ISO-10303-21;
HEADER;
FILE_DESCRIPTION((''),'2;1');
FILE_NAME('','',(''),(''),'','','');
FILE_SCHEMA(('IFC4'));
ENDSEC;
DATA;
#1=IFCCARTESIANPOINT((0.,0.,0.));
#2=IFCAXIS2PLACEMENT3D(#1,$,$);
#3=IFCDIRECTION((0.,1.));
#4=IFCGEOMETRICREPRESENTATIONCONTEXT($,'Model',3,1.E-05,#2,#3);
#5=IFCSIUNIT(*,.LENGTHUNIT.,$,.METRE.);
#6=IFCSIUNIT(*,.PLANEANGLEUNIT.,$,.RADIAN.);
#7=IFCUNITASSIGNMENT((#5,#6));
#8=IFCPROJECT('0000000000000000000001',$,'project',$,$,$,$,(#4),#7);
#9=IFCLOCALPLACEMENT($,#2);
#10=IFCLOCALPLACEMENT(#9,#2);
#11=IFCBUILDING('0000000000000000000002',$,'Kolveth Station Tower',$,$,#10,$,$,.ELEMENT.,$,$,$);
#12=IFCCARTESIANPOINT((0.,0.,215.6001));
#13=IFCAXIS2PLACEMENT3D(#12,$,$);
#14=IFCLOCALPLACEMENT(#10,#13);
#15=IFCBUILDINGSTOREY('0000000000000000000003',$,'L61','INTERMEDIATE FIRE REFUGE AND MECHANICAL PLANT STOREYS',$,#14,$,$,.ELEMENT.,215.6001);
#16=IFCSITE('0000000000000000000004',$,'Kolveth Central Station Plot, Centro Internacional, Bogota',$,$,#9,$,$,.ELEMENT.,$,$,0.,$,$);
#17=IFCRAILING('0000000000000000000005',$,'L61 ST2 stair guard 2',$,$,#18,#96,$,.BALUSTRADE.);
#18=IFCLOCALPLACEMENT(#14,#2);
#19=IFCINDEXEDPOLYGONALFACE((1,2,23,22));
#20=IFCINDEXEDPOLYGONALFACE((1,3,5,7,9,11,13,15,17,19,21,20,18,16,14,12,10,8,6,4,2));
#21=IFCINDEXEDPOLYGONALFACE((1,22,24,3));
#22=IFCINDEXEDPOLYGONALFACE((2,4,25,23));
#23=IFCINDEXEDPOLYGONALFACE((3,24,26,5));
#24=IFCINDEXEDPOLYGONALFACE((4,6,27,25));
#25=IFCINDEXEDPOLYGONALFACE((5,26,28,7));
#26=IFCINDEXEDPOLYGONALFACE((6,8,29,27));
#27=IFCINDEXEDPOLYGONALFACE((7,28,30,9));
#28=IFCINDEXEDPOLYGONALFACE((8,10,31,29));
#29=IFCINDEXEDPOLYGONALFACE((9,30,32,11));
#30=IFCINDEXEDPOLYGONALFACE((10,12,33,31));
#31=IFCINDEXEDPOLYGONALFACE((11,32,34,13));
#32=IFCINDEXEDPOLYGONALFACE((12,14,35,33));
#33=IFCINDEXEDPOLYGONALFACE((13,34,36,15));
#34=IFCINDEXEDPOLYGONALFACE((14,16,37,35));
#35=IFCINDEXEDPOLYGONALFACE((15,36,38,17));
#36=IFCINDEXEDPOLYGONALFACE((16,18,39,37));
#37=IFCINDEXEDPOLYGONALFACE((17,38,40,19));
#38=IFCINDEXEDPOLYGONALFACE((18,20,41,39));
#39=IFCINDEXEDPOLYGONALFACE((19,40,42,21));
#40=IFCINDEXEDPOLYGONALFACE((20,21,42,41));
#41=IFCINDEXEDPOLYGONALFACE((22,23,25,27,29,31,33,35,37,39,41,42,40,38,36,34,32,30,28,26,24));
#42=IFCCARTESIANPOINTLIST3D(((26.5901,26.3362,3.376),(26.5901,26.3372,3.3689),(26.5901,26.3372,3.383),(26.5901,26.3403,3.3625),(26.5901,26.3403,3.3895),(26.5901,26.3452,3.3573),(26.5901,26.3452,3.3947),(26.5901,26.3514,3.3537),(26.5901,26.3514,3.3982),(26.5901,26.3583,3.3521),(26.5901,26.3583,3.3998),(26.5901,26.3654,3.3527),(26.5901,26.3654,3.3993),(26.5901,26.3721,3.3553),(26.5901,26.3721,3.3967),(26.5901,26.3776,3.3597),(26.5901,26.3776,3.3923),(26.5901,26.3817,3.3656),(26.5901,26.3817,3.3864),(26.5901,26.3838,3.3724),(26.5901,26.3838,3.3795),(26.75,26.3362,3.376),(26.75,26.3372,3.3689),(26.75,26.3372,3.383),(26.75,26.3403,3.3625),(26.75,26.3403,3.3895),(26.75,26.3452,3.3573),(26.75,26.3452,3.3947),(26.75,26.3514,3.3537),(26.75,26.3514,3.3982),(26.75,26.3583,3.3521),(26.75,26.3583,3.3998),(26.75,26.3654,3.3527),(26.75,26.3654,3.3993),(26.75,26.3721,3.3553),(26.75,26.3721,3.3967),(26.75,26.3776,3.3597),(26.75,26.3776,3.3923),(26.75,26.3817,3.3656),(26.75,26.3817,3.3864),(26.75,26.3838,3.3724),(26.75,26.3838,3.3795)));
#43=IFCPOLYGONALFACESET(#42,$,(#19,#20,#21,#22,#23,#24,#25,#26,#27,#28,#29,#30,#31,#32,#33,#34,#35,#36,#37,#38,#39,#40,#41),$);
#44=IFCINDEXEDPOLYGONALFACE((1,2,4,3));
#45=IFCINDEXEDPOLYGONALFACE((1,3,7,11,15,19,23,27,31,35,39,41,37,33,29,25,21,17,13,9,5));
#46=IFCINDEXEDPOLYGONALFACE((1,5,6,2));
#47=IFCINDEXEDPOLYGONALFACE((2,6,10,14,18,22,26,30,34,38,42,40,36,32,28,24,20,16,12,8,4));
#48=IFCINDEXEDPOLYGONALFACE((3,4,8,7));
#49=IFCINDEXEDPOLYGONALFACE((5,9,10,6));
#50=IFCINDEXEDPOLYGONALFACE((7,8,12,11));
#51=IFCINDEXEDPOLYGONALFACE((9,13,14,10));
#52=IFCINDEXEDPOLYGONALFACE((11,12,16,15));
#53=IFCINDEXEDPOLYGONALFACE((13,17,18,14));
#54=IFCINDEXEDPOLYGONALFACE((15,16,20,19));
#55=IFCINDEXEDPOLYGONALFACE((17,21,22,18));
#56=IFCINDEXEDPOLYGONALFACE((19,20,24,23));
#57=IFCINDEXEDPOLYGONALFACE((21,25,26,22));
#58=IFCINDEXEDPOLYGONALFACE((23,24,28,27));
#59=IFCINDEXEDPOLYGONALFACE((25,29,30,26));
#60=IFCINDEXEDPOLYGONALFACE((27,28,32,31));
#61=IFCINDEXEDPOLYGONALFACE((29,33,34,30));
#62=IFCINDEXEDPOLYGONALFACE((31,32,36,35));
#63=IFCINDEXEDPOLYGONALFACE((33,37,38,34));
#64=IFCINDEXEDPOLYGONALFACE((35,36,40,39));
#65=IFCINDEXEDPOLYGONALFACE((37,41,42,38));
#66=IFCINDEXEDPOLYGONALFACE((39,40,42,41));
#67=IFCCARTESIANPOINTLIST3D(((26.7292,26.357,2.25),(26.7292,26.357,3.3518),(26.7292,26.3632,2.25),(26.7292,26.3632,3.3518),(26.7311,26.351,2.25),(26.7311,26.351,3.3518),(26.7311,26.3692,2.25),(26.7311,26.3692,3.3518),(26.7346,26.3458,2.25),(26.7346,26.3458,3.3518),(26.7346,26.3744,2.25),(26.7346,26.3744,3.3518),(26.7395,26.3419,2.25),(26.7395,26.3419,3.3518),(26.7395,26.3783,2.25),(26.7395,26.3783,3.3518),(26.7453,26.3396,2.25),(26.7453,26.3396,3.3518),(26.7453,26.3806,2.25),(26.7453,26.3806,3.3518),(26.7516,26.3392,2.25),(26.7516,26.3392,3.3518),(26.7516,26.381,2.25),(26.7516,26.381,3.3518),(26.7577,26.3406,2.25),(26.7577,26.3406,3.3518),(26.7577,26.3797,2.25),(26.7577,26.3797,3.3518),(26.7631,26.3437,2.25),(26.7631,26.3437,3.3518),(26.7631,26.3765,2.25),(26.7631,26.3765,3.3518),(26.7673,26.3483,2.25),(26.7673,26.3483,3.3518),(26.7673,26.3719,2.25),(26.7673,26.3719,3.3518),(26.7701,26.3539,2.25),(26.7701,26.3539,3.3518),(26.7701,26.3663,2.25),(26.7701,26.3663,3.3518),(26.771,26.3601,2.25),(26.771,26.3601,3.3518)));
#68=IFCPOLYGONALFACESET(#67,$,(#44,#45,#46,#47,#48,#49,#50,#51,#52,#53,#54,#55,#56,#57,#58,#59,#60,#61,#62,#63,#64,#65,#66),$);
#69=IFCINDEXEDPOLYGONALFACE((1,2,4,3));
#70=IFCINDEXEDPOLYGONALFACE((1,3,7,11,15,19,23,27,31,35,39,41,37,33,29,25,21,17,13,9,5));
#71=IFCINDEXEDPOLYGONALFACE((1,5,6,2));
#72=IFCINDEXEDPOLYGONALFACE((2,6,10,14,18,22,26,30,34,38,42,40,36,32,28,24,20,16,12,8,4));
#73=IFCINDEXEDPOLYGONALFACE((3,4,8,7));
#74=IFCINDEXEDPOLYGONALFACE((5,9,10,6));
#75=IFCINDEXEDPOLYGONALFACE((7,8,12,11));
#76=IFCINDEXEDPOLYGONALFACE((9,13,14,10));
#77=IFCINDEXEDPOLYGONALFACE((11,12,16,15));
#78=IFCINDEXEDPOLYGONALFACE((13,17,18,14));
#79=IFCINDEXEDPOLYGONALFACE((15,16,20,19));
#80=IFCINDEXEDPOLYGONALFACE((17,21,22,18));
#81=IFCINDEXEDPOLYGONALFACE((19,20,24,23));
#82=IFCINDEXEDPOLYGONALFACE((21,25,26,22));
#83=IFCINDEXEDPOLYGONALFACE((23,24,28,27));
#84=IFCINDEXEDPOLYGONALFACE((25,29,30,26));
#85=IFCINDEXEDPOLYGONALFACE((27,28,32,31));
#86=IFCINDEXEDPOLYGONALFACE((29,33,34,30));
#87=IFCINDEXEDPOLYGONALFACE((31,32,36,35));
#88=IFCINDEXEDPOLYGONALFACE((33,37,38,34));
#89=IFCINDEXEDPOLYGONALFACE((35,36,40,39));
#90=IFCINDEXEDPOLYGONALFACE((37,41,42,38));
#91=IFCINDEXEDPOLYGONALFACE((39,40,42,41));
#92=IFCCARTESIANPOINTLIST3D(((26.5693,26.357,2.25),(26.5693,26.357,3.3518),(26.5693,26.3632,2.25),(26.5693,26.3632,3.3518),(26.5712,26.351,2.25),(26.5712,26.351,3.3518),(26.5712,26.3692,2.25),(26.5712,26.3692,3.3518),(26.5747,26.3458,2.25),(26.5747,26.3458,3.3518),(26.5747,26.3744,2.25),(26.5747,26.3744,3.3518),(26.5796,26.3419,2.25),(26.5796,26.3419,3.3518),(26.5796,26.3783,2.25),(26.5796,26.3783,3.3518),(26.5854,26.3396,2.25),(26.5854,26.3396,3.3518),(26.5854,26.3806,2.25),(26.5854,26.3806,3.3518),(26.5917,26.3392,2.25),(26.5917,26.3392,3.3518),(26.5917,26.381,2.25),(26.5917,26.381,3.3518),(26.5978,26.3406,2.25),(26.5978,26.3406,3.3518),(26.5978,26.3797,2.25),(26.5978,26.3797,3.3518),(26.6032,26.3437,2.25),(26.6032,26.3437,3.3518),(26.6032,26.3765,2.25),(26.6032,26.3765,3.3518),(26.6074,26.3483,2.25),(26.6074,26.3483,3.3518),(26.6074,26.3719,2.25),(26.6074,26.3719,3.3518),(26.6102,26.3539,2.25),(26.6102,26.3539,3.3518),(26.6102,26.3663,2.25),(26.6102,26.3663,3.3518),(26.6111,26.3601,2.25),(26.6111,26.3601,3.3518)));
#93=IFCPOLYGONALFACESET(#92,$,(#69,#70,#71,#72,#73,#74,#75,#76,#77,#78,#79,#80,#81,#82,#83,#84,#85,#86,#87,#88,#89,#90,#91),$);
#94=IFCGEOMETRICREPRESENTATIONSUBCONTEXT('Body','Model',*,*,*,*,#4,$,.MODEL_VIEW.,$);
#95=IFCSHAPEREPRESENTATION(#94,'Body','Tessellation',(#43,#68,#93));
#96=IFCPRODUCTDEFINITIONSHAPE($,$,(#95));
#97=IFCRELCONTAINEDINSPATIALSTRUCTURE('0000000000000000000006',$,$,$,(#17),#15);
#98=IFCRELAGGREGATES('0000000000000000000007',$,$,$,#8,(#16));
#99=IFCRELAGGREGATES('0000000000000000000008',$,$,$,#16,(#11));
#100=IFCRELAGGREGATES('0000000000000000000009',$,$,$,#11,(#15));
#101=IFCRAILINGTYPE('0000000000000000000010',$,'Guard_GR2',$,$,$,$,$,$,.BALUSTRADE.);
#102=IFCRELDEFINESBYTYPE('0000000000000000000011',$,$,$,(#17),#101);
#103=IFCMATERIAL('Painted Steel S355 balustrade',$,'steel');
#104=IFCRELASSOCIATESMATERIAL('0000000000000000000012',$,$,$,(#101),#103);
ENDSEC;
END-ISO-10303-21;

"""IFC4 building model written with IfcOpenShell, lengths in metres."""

from ifc_helpers import new_model, si_unit, direction, frame, origin, origin_2d, place, context, subcontext, project, spatial, circle, extrude, material, type_object, element, save


model = new_model("IFC4")

# Units and contexts
model_context = context("Model", 3, precision=1e-05, world=origin(), true_north=direction((0.0, 1.0)))
body_context = subcontext(model_context, "Body", "Model", "MODEL_VIEW")
ifc_project = project(units=[si_unit("LENGTHUNIT", "METRE"), si_unit("PLANEANGLEUNIT", "RADIAN")], contexts=[model_context])

# Site, building, storey
site_placement = place(None, origin())
site = spatial("IfcSite", under=ifc_project, at=site_placement, Name="Kolveth Central Station Plot, Centro Internacional, Bogota", CompositionType="ELEMENT", RefElevation=0.0)
building_placement = place(site_placement, origin())
building = spatial("IfcBuilding", under=site, at=building_placement, Name="Kolveth Station Tower", CompositionType="ELEMENT")
storey_placement = place(building_placement, frame((0.0, 0.0, 215.6001)))
storey = spatial("IfcBuildingStorey", under=building, at=storey_placement, Name="L61", Description="INTERMEDIATE FIRE REFUGE AND MECHANICAL PLANT STOREYS", CompositionType="ELEMENT", Elevation=215.6001)

# Railing
ifc_material_1 = material(Name="Painted Steel S355 balustrade", Category="steel")
railing_type_1 = type_object("IfcRailingType", Name="Guard_GR2", PredefinedType="BALUSTRADE", material=ifc_material_1)
railing_1_placement = place(storey_placement, frame((26.75, 26.3601, 2.25)))
element("IfcRailing", 1, at=railing_1_placement, inside=storey, type_object=railing_type_1, Name="L61 ST2 stair guard 2", PredefinedType="BALUSTRADE", context=body_context, shape_type="SweptSolid", body=[
    extrude(circle(Radius=0.0239, at=origin_2d()), frame((0.0, 0.0, 1.126), z_axis=(-1.0, 0.0, 0.0), x_axis=(0.0, -1.0, 0.0)), (0.0, 0.0, 1.0), 0.1599),
    extrude(circle(Radius=0.021, at=origin_2d()), origin(), (0.0, 0.0, 1.0), 1.1018),
    extrude(circle(Radius=0.021, at=origin_2d()), frame((-0.1599, 0.0, 0.0)), (0.0, 0.0, 1.0), 1.1018),
])

save(model, "model.ifc")
